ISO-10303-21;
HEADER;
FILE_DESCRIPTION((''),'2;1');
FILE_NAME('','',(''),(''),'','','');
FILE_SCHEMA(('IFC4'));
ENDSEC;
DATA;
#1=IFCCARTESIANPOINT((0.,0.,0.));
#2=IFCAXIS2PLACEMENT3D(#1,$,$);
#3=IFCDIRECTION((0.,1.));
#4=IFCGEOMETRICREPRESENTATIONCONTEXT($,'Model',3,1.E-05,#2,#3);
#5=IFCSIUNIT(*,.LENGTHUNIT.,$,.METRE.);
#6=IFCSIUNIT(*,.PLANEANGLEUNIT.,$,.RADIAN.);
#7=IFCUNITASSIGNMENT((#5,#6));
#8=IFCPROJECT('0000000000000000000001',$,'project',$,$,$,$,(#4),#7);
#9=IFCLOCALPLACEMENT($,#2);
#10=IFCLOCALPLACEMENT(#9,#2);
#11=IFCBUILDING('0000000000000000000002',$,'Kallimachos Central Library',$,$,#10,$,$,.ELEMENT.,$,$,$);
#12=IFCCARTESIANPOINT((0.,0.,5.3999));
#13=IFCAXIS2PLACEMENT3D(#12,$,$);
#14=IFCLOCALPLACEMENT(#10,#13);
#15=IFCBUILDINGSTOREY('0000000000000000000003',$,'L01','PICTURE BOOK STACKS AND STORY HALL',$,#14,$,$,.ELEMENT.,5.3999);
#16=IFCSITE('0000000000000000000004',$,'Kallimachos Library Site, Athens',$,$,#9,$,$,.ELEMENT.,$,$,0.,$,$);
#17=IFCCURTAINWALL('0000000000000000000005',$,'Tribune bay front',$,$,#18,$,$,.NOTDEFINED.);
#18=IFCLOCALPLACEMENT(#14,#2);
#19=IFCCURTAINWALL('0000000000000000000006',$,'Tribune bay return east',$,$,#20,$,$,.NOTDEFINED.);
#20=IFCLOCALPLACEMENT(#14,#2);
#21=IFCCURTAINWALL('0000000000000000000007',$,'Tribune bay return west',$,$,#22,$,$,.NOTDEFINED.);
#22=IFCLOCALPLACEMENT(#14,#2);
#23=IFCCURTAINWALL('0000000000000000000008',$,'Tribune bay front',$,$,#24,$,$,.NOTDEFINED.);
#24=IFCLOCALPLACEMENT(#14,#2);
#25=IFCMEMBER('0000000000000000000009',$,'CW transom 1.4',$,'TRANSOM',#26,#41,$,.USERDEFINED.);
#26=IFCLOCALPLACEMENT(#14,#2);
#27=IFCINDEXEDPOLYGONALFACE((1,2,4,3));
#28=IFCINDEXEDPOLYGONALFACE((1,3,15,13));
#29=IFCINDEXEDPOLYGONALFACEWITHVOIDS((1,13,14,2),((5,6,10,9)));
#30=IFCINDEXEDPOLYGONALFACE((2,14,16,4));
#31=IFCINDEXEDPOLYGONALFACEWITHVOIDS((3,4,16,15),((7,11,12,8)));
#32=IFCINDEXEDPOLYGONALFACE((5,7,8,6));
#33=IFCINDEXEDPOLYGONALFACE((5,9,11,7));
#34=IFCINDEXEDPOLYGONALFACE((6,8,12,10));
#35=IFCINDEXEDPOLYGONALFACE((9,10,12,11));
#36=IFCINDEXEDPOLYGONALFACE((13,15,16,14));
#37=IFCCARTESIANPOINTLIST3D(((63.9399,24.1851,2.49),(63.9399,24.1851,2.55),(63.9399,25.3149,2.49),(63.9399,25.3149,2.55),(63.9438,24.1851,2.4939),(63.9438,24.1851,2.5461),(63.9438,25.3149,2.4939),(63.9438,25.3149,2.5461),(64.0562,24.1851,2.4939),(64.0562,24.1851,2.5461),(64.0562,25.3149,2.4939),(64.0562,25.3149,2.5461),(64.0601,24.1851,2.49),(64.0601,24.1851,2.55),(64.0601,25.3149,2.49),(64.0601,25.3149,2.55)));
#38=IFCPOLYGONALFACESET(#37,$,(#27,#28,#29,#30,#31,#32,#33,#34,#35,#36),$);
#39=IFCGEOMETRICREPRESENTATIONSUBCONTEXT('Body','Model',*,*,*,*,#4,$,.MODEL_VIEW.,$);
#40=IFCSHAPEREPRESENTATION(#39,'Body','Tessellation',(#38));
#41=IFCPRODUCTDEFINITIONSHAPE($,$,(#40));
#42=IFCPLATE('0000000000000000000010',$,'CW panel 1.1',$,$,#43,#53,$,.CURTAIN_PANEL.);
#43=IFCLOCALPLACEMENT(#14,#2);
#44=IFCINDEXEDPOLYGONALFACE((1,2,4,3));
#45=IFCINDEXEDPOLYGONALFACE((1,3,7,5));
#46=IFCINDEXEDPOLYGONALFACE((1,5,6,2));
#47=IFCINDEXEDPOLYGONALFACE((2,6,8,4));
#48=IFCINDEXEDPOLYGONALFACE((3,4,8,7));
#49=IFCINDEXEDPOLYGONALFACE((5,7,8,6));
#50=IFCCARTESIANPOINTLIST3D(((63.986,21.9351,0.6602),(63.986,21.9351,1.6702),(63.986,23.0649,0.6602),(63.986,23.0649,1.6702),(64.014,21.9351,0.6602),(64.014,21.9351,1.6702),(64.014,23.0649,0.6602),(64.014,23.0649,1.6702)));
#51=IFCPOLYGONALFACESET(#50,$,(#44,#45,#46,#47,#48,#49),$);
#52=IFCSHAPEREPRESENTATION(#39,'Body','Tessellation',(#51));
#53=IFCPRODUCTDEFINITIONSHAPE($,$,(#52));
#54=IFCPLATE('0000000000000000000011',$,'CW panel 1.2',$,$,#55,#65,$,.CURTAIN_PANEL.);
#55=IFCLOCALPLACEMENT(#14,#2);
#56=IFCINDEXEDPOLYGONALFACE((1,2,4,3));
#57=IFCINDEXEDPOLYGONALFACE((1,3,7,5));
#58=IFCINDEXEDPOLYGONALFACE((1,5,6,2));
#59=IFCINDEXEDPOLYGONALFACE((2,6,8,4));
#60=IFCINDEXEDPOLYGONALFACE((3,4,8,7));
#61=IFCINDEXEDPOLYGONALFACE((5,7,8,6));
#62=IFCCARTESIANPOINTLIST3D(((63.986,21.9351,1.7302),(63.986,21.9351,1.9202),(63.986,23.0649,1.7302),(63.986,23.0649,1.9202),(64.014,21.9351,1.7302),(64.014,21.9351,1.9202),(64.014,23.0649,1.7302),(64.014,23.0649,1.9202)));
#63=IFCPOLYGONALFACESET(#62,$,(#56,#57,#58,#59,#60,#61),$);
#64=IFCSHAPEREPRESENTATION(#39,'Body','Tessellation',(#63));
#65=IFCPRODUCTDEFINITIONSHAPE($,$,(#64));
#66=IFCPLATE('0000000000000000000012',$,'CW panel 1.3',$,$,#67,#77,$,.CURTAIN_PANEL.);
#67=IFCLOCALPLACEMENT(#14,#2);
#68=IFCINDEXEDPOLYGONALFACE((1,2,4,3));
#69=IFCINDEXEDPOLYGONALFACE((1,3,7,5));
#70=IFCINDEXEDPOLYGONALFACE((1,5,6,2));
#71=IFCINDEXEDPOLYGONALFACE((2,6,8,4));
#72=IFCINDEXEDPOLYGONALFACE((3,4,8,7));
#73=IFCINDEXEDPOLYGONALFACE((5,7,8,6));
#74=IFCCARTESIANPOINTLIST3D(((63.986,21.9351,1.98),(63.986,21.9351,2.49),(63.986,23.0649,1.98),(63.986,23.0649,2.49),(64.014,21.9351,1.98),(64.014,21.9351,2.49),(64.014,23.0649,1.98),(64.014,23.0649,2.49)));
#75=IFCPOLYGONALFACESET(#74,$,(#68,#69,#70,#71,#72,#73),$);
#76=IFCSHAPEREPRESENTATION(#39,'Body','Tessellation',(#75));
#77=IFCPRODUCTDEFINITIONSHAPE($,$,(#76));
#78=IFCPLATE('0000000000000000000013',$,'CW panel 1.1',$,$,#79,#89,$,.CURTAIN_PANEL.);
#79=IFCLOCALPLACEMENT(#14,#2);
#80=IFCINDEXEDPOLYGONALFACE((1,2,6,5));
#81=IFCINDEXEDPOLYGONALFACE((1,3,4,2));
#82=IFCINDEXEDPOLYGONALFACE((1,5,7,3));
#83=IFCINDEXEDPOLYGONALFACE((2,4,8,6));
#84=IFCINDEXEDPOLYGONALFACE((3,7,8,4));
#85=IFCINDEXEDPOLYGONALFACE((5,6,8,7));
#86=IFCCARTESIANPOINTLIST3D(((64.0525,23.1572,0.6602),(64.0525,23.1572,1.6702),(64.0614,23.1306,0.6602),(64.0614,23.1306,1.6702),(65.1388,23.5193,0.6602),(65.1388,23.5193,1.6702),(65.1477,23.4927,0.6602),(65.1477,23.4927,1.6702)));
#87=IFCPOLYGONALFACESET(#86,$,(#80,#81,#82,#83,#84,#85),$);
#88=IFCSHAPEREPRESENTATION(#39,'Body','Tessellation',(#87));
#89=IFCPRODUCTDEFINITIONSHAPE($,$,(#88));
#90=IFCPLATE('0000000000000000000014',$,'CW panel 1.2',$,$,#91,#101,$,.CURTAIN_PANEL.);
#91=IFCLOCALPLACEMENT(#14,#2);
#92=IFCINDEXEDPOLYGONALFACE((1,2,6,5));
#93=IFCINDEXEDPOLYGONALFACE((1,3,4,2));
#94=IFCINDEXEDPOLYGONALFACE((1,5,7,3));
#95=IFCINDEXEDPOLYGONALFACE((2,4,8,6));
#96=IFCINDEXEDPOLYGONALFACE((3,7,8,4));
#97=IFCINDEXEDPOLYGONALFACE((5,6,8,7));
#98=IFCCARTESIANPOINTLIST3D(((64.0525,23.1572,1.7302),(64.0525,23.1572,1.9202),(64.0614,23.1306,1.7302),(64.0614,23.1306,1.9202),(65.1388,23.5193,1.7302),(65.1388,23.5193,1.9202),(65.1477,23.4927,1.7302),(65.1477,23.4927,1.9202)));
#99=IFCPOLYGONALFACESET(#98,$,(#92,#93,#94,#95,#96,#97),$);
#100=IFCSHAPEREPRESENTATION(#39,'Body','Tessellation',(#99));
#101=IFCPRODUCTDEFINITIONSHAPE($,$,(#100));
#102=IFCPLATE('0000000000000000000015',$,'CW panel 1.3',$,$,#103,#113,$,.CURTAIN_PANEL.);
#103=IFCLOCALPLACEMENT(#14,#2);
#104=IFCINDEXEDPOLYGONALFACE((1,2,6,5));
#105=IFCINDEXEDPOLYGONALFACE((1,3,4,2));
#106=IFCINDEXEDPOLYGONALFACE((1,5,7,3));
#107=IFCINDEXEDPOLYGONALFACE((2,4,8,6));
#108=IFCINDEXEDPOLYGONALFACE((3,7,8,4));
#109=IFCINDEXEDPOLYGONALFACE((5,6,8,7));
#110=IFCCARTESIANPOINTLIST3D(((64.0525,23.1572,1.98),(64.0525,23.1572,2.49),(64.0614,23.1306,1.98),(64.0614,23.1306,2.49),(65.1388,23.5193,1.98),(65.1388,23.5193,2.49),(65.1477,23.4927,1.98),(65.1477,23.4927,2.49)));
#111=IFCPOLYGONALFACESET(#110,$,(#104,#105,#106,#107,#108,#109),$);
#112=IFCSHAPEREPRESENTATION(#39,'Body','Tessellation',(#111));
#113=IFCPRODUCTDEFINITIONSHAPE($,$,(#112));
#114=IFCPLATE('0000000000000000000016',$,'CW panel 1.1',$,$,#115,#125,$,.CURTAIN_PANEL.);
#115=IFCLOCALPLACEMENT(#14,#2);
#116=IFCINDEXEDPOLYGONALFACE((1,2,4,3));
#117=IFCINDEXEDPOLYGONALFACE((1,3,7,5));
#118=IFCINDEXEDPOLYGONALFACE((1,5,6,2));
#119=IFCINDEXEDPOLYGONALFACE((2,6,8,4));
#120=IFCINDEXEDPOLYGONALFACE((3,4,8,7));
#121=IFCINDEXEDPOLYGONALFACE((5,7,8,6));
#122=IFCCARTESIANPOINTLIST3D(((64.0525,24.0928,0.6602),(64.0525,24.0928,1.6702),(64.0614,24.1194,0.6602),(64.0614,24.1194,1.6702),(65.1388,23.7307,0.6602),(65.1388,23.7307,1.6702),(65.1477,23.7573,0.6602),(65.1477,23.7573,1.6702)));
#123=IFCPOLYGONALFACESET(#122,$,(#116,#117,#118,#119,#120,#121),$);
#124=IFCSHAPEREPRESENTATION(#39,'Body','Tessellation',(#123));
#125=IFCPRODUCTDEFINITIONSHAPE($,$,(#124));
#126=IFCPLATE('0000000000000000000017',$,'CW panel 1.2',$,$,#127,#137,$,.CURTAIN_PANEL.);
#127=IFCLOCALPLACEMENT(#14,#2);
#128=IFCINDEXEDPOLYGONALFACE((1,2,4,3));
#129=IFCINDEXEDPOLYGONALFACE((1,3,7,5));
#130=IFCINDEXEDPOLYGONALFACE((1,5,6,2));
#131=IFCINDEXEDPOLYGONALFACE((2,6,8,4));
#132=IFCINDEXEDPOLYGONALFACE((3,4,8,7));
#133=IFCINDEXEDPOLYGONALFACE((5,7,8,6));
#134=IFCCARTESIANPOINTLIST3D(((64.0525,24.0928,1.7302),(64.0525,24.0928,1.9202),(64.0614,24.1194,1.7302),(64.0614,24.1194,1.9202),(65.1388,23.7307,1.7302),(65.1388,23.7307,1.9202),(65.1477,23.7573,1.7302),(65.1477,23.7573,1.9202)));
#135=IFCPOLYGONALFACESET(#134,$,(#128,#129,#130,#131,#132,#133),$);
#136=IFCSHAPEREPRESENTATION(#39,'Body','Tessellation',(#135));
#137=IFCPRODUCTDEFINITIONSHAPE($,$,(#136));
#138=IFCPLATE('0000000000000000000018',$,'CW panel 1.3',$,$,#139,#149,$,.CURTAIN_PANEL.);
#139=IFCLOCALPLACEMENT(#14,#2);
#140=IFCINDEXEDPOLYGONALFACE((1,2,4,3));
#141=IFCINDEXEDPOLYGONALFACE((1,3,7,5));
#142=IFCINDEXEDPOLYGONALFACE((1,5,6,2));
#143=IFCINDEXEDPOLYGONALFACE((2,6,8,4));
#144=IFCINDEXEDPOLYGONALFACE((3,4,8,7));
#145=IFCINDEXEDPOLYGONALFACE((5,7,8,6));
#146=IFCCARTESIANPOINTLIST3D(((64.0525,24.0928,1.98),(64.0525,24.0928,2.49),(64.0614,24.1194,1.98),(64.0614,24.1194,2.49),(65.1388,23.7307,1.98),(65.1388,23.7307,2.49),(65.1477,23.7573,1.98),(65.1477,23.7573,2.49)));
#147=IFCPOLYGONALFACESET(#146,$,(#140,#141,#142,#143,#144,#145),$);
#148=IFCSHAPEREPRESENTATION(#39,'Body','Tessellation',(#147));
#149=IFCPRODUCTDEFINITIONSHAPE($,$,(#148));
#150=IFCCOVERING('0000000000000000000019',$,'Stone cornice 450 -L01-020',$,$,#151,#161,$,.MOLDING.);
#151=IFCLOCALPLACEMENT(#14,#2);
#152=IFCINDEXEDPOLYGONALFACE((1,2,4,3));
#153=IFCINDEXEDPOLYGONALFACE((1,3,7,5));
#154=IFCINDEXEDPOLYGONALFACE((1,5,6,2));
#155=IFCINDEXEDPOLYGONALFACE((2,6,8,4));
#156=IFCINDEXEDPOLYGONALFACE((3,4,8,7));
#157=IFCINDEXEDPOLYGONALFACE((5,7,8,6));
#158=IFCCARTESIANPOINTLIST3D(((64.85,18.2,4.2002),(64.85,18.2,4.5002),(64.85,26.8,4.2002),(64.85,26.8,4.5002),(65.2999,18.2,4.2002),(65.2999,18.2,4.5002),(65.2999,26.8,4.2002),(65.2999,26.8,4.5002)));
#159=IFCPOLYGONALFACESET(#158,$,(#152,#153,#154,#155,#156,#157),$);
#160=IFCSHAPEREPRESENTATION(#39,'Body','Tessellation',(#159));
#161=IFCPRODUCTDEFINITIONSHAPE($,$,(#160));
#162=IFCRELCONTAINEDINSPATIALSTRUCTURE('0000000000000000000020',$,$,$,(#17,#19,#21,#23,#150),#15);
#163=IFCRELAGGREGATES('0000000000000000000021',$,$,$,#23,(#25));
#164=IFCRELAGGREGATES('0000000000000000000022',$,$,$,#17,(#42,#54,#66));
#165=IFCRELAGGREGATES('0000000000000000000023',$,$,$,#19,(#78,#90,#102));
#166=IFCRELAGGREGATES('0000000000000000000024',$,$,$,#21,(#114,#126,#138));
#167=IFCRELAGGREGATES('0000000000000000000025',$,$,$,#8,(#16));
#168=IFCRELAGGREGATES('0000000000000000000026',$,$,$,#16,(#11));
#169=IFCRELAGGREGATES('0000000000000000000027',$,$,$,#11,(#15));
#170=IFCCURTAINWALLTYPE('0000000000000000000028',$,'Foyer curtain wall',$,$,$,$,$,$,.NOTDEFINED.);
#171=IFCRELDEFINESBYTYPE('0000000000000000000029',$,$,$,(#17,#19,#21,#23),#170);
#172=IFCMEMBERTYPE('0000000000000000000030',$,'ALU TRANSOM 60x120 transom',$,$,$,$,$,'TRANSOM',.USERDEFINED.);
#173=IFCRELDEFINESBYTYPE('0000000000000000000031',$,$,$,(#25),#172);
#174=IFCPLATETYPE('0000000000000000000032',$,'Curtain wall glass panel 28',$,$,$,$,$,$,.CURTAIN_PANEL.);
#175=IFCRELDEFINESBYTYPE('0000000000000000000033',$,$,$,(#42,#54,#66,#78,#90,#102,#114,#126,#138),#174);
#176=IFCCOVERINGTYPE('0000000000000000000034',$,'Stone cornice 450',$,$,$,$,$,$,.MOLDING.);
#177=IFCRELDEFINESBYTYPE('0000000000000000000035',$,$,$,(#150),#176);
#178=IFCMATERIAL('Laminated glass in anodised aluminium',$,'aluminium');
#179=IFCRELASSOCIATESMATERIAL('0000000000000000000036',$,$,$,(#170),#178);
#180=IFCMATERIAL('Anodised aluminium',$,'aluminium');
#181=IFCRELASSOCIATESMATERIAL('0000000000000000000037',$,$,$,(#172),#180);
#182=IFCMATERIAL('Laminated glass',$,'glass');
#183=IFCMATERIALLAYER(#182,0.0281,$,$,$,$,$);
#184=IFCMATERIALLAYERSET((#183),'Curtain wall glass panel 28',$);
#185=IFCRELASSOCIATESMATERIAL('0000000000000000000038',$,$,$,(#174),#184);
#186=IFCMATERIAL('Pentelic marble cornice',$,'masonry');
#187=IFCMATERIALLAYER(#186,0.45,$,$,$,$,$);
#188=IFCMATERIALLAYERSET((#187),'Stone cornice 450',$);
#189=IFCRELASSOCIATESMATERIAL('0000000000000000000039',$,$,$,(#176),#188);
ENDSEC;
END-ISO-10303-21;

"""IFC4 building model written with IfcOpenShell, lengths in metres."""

from ifc_helpers import new_model, si_unit, direction, frame, origin, origin_2d, place, context, subcontext, project, spatial, rectangle, hollow_rectangle, extrude, material, layer, layer_set, material_profile, profile_set, type_object, element, aggregate, save


model = new_model("IFC4")

# Units and contexts
model_context = context("Model", 3, precision=1e-05, world=origin(), true_north=direction((0.0, 1.0)))
body_context = subcontext(model_context, "Body", "Model", "MODEL_VIEW")
ifc_project = project(units=[si_unit("LENGTHUNIT", "METRE"), si_unit("PLANEANGLEUNIT", "RADIAN")], contexts=[model_context])

# Site, building, storey
site_placement = place(None, origin())
site = spatial("IfcSite", under=ifc_project, at=site_placement, Name="Kallimachos Library Site, Athens", CompositionType="ELEMENT", RefElevation=0.0)
building_placement = place(site_placement, origin())
building = spatial("IfcBuilding", under=site, at=building_placement, Name="Kallimachos Central Library", CompositionType="ELEMENT")
storey_placement = place(building_placement, frame((0.0, 0.0, 5.3999)))
storey = spatial("IfcBuildingStorey", under=building, at=storey_placement, Name="L01", Description="PICTURE BOOK STACKS AND STORY HALL", CompositionType="ELEMENT", Elevation=5.3999)

# Curtain walls
ifc_material_1 = material(Name="Laminated glass in anodised aluminium", Category="aluminium")
curtain_wall_type = type_object("IfcCurtainWallType", Name="Foyer curtain wall", PredefinedType="NOTDEFINED", material=ifc_material_1)
curtain_wall_1_placement = place(storey_placement, origin())
curtain_wall_1 = element("IfcCurtainWall", 1, at=curtain_wall_1_placement, inside=storey, type_object=curtain_wall_type, Name="Tribune bay front", PredefinedType="NOTDEFINED")
curtain_wall_2_placement = place(storey_placement, origin())
curtain_wall_2 = element("IfcCurtainWall", 2, at=curtain_wall_2_placement, inside=storey, type_object=curtain_wall_type, Name="Tribune bay return east", PredefinedType="NOTDEFINED")
curtain_wall_3_placement = place(storey_placement, origin())
curtain_wall_3 = element("IfcCurtainWall", 3, at=curtain_wall_3_placement, inside=storey, type_object=curtain_wall_type, Name="Tribune bay return west", PredefinedType="NOTDEFINED")
curtain_wall_4_placement = place(storey_placement, origin())
curtain_wall_4 = element("IfcCurtainWall", 4, at=curtain_wall_4_placement, inside=storey, type_object=curtain_wall_type, Name="Tribune bay front", PredefinedType="NOTDEFINED")

# Member
ifc_material_2 = material(Name="Anodised aluminium", Category="aluminium")
ifc_material_profile_1 = material_profile(ifc_material_2, hollow_rectangle(XDim=0.0601, YDim=0.1201, WallThickness=0.0039, at=origin_2d()), Name="ALU TRANSOM 60x120")
ifc_profile_set_1 = profile_set([ifc_material_profile_1], Name="Anodised aluminium")
member_type_1 = type_object("IfcMemberType", Name="ALU TRANSOM 60x120 transom", ElementType="TRANSOM", PredefinedType="USERDEFINED", material=ifc_profile_set_1)
member_1_placement = place(storey_placement, frame((64.0, 24.1851, 2.52), z_axis=(0.0, 1.0, 0.0), x_axis=(0.0, 0.0, 1.0)))
member_1 = element("IfcMember", 5, at=member_1_placement, type_object=member_type_1, Name="CW transom 1.4", ObjectType="TRANSOM", PredefinedType="USERDEFINED", context=body_context, shape_type="SweptSolid", body=[
    extrude(hollow_rectangle(XDim=0.0601, YDim=0.1201, WallThickness=0.0039, at=origin_2d()), origin(), (0.0, 0.0, 1.0), 1.1299),
])
aggregate(curtain_wall_4, [member_1])

# Plates
ifc_material_3 = material(Name="Laminated glass", Category="glass")
ifc_layer_1 = layer(ifc_material_3, 0.0281)
ifc_layer_set_1 = layer_set([ifc_layer_1], Name="Curtain wall glass panel 28")
plate_type = type_object("IfcPlateType", Name="Curtain wall glass panel 28", PredefinedType="CURTAIN_PANEL", material=ifc_layer_set_1)
plate_1_placement = place(storey_placement, frame((64.0, 22.5, 0.6602), z_axis=(0.0, 0.0, 1.0), x_axis=(0.0, 1.0, 0.0)))
plate_1 = element("IfcPlate", 6, at=plate_1_placement, type_object=plate_type, Name="CW panel 1.1", PredefinedType="CURTAIN_PANEL", context=body_context, shape_type="SweptSolid", body=[
    extrude(rectangle(XDim=1.1299, YDim=0.0281, at=origin_2d()), origin(), (0.0, 0.0, 1.0), 1.01),
])
plate_2_placement = place(storey_placement, frame((64.0, 22.5, 1.7302), z_axis=(0.0, 0.0, 1.0), x_axis=(0.0, 1.0, 0.0)))
plate_2 = element("IfcPlate", 7, at=plate_2_placement, type_object=plate_type, Name="CW panel 1.2", PredefinedType="CURTAIN_PANEL", context=body_context, shape_type="SweptSolid", body=[
    extrude(rectangle(XDim=1.1299, YDim=0.0281, at=origin_2d()), origin(), (0.0, 0.0, 1.0), 0.1899),
])
plate_3_placement = place(storey_placement, frame((64.0, 22.5, 1.98), z_axis=(0.0, 0.0, 1.0), x_axis=(0.0, 1.0, 0.0)))
plate_3 = element("IfcPlate", 8, at=plate_3_placement, type_object=plate_type, Name="CW panel 1.3", PredefinedType="CURTAIN_PANEL", context=body_context, shape_type="SweptSolid", body=[
    extrude(rectangle(XDim=1.1299, YDim=0.0281, at=origin_2d()), origin(), (0.0, 0.0, 1.0), 0.51),
])
aggregate(curtain_wall_1, [plate_1, plate_2, plate_3])
plate_4_placement = place(storey_placement, frame((64.6001, 23.325, 0.6602), z_axis=(0.0, 0.0, 1.0), x_axis=(0.948683, 0.316228, 0.0)))
plate_4 = element("IfcPlate", 9, at=plate_4_placement, type_object=plate_type, Name="CW panel 1.1", PredefinedType="CURTAIN_PANEL", context=body_context, shape_type="SweptSolid", body=[
    extrude(rectangle(XDim=1.145, YDim=0.0281, at=origin_2d()), origin(), (0.0, 0.0, 1.0), 1.01),
])
plate_5_placement = place(storey_placement, frame((64.6001, 23.325, 1.7302), z_axis=(0.0, 0.0, 1.0), x_axis=(0.948683, 0.316228, 0.0)))
plate_5 = element("IfcPlate", 10, at=plate_5_placement, type_object=plate_type, Name="CW panel 1.2", PredefinedType="CURTAIN_PANEL", context=body_context, shape_type="SweptSolid", body=[
    extrude(rectangle(XDim=1.145, YDim=0.0281, at=origin_2d()), origin(), (0.0, 0.0, 1.0), 0.1899),
])
plate_6_placement = place(storey_placement, frame((64.6001, 23.325, 1.98), z_axis=(0.0, 0.0, 1.0), x_axis=(0.948683, 0.316228, 0.0)))
plate_6 = element("IfcPlate", 11, at=plate_6_placement, type_object=plate_type, Name="CW panel 1.3", PredefinedType="CURTAIN_PANEL", context=body_context, shape_type="SweptSolid", body=[
    extrude(rectangle(XDim=1.145, YDim=0.0281, at=origin_2d()), origin(), (0.0, 0.0, 1.0), 0.51),
])
aggregate(curtain_wall_2, [plate_4, plate_5, plate_6])
plate_7_placement = place(storey_placement, frame((64.6001, 23.925, 0.6602), z_axis=(0.0, 0.0, 1.0), x_axis=(-0.948683, 0.316228, 0.0)))
plate_7 = element("IfcPlate", 12, at=plate_7_placement, type_object=plate_type, Name="CW panel 1.1", PredefinedType="CURTAIN_PANEL", context=body_context, shape_type="SweptSolid", body=[
    extrude(rectangle(XDim=1.145, YDim=0.0281, at=origin_2d()), origin(), (0.0, 0.0, 1.0), 1.01),
])
plate_8_placement = place(storey_placement, frame((64.6001, 23.925, 1.7302), z_axis=(0.0, 0.0, 1.0), x_axis=(-0.948683, 0.316228, 0.0)))
plate_8 = element("IfcPlate", 13, at=plate_8_placement, type_object=plate_type, Name="CW panel 1.2", PredefinedType="CURTAIN_PANEL", context=body_context, shape_type="SweptSolid", body=[
    extrude(rectangle(XDim=1.145, YDim=0.0281, at=origin_2d()), origin(), (0.0, 0.0, 1.0), 0.1899),
])
plate_9_placement = place(storey_placement, frame((64.6001, 23.925, 1.98), z_axis=(0.0, 0.0, 1.0), x_axis=(-0.948683, 0.316228, 0.0)))
plate_9 = element("IfcPlate", 14, at=plate_9_placement, type_object=plate_type, Name="CW panel 1.3", PredefinedType="CURTAIN_PANEL", context=body_context, shape_type="SweptSolid", body=[
    extrude(rectangle(XDim=1.145, YDim=0.0281, at=origin_2d()), origin(), (0.0, 0.0, 1.0), 0.51),
])
aggregate(curtain_wall_3, [plate_7, plate_8, plate_9])

# Covering
ifc_material_4 = material(Name="Pentelic marble cornice", Category="masonry")
ifc_layer_2 = layer(ifc_material_4, 0.45)
ifc_layer_set_2 = layer_set([ifc_layer_2], Name="Stone cornice 450")
covering_type = type_object("IfcCoveringType", Name="Stone cornice 450", PredefinedType="MOLDING", material=ifc_layer_set_2)
covering_placement = place(storey_placement, frame((65.075, 22.5, 4.2002), z_axis=(0.0, 0.0, 1.0), x_axis=(1.0, 0.0, 0.0)))
element("IfcCovering", 15, at=covering_placement, inside=storey, type_object=covering_type, Name="Stone cornice 450 -L01-020", PredefinedType="MOLDING", context=body_context, shape_type="SweptSolid", body=[
    extrude(rectangle(XDim=0.45, YDim=8.6001, at=origin_2d()), origin(), (0.0, 0.0, 1.0), 0.3),
])

save(model, "model.ifc")
